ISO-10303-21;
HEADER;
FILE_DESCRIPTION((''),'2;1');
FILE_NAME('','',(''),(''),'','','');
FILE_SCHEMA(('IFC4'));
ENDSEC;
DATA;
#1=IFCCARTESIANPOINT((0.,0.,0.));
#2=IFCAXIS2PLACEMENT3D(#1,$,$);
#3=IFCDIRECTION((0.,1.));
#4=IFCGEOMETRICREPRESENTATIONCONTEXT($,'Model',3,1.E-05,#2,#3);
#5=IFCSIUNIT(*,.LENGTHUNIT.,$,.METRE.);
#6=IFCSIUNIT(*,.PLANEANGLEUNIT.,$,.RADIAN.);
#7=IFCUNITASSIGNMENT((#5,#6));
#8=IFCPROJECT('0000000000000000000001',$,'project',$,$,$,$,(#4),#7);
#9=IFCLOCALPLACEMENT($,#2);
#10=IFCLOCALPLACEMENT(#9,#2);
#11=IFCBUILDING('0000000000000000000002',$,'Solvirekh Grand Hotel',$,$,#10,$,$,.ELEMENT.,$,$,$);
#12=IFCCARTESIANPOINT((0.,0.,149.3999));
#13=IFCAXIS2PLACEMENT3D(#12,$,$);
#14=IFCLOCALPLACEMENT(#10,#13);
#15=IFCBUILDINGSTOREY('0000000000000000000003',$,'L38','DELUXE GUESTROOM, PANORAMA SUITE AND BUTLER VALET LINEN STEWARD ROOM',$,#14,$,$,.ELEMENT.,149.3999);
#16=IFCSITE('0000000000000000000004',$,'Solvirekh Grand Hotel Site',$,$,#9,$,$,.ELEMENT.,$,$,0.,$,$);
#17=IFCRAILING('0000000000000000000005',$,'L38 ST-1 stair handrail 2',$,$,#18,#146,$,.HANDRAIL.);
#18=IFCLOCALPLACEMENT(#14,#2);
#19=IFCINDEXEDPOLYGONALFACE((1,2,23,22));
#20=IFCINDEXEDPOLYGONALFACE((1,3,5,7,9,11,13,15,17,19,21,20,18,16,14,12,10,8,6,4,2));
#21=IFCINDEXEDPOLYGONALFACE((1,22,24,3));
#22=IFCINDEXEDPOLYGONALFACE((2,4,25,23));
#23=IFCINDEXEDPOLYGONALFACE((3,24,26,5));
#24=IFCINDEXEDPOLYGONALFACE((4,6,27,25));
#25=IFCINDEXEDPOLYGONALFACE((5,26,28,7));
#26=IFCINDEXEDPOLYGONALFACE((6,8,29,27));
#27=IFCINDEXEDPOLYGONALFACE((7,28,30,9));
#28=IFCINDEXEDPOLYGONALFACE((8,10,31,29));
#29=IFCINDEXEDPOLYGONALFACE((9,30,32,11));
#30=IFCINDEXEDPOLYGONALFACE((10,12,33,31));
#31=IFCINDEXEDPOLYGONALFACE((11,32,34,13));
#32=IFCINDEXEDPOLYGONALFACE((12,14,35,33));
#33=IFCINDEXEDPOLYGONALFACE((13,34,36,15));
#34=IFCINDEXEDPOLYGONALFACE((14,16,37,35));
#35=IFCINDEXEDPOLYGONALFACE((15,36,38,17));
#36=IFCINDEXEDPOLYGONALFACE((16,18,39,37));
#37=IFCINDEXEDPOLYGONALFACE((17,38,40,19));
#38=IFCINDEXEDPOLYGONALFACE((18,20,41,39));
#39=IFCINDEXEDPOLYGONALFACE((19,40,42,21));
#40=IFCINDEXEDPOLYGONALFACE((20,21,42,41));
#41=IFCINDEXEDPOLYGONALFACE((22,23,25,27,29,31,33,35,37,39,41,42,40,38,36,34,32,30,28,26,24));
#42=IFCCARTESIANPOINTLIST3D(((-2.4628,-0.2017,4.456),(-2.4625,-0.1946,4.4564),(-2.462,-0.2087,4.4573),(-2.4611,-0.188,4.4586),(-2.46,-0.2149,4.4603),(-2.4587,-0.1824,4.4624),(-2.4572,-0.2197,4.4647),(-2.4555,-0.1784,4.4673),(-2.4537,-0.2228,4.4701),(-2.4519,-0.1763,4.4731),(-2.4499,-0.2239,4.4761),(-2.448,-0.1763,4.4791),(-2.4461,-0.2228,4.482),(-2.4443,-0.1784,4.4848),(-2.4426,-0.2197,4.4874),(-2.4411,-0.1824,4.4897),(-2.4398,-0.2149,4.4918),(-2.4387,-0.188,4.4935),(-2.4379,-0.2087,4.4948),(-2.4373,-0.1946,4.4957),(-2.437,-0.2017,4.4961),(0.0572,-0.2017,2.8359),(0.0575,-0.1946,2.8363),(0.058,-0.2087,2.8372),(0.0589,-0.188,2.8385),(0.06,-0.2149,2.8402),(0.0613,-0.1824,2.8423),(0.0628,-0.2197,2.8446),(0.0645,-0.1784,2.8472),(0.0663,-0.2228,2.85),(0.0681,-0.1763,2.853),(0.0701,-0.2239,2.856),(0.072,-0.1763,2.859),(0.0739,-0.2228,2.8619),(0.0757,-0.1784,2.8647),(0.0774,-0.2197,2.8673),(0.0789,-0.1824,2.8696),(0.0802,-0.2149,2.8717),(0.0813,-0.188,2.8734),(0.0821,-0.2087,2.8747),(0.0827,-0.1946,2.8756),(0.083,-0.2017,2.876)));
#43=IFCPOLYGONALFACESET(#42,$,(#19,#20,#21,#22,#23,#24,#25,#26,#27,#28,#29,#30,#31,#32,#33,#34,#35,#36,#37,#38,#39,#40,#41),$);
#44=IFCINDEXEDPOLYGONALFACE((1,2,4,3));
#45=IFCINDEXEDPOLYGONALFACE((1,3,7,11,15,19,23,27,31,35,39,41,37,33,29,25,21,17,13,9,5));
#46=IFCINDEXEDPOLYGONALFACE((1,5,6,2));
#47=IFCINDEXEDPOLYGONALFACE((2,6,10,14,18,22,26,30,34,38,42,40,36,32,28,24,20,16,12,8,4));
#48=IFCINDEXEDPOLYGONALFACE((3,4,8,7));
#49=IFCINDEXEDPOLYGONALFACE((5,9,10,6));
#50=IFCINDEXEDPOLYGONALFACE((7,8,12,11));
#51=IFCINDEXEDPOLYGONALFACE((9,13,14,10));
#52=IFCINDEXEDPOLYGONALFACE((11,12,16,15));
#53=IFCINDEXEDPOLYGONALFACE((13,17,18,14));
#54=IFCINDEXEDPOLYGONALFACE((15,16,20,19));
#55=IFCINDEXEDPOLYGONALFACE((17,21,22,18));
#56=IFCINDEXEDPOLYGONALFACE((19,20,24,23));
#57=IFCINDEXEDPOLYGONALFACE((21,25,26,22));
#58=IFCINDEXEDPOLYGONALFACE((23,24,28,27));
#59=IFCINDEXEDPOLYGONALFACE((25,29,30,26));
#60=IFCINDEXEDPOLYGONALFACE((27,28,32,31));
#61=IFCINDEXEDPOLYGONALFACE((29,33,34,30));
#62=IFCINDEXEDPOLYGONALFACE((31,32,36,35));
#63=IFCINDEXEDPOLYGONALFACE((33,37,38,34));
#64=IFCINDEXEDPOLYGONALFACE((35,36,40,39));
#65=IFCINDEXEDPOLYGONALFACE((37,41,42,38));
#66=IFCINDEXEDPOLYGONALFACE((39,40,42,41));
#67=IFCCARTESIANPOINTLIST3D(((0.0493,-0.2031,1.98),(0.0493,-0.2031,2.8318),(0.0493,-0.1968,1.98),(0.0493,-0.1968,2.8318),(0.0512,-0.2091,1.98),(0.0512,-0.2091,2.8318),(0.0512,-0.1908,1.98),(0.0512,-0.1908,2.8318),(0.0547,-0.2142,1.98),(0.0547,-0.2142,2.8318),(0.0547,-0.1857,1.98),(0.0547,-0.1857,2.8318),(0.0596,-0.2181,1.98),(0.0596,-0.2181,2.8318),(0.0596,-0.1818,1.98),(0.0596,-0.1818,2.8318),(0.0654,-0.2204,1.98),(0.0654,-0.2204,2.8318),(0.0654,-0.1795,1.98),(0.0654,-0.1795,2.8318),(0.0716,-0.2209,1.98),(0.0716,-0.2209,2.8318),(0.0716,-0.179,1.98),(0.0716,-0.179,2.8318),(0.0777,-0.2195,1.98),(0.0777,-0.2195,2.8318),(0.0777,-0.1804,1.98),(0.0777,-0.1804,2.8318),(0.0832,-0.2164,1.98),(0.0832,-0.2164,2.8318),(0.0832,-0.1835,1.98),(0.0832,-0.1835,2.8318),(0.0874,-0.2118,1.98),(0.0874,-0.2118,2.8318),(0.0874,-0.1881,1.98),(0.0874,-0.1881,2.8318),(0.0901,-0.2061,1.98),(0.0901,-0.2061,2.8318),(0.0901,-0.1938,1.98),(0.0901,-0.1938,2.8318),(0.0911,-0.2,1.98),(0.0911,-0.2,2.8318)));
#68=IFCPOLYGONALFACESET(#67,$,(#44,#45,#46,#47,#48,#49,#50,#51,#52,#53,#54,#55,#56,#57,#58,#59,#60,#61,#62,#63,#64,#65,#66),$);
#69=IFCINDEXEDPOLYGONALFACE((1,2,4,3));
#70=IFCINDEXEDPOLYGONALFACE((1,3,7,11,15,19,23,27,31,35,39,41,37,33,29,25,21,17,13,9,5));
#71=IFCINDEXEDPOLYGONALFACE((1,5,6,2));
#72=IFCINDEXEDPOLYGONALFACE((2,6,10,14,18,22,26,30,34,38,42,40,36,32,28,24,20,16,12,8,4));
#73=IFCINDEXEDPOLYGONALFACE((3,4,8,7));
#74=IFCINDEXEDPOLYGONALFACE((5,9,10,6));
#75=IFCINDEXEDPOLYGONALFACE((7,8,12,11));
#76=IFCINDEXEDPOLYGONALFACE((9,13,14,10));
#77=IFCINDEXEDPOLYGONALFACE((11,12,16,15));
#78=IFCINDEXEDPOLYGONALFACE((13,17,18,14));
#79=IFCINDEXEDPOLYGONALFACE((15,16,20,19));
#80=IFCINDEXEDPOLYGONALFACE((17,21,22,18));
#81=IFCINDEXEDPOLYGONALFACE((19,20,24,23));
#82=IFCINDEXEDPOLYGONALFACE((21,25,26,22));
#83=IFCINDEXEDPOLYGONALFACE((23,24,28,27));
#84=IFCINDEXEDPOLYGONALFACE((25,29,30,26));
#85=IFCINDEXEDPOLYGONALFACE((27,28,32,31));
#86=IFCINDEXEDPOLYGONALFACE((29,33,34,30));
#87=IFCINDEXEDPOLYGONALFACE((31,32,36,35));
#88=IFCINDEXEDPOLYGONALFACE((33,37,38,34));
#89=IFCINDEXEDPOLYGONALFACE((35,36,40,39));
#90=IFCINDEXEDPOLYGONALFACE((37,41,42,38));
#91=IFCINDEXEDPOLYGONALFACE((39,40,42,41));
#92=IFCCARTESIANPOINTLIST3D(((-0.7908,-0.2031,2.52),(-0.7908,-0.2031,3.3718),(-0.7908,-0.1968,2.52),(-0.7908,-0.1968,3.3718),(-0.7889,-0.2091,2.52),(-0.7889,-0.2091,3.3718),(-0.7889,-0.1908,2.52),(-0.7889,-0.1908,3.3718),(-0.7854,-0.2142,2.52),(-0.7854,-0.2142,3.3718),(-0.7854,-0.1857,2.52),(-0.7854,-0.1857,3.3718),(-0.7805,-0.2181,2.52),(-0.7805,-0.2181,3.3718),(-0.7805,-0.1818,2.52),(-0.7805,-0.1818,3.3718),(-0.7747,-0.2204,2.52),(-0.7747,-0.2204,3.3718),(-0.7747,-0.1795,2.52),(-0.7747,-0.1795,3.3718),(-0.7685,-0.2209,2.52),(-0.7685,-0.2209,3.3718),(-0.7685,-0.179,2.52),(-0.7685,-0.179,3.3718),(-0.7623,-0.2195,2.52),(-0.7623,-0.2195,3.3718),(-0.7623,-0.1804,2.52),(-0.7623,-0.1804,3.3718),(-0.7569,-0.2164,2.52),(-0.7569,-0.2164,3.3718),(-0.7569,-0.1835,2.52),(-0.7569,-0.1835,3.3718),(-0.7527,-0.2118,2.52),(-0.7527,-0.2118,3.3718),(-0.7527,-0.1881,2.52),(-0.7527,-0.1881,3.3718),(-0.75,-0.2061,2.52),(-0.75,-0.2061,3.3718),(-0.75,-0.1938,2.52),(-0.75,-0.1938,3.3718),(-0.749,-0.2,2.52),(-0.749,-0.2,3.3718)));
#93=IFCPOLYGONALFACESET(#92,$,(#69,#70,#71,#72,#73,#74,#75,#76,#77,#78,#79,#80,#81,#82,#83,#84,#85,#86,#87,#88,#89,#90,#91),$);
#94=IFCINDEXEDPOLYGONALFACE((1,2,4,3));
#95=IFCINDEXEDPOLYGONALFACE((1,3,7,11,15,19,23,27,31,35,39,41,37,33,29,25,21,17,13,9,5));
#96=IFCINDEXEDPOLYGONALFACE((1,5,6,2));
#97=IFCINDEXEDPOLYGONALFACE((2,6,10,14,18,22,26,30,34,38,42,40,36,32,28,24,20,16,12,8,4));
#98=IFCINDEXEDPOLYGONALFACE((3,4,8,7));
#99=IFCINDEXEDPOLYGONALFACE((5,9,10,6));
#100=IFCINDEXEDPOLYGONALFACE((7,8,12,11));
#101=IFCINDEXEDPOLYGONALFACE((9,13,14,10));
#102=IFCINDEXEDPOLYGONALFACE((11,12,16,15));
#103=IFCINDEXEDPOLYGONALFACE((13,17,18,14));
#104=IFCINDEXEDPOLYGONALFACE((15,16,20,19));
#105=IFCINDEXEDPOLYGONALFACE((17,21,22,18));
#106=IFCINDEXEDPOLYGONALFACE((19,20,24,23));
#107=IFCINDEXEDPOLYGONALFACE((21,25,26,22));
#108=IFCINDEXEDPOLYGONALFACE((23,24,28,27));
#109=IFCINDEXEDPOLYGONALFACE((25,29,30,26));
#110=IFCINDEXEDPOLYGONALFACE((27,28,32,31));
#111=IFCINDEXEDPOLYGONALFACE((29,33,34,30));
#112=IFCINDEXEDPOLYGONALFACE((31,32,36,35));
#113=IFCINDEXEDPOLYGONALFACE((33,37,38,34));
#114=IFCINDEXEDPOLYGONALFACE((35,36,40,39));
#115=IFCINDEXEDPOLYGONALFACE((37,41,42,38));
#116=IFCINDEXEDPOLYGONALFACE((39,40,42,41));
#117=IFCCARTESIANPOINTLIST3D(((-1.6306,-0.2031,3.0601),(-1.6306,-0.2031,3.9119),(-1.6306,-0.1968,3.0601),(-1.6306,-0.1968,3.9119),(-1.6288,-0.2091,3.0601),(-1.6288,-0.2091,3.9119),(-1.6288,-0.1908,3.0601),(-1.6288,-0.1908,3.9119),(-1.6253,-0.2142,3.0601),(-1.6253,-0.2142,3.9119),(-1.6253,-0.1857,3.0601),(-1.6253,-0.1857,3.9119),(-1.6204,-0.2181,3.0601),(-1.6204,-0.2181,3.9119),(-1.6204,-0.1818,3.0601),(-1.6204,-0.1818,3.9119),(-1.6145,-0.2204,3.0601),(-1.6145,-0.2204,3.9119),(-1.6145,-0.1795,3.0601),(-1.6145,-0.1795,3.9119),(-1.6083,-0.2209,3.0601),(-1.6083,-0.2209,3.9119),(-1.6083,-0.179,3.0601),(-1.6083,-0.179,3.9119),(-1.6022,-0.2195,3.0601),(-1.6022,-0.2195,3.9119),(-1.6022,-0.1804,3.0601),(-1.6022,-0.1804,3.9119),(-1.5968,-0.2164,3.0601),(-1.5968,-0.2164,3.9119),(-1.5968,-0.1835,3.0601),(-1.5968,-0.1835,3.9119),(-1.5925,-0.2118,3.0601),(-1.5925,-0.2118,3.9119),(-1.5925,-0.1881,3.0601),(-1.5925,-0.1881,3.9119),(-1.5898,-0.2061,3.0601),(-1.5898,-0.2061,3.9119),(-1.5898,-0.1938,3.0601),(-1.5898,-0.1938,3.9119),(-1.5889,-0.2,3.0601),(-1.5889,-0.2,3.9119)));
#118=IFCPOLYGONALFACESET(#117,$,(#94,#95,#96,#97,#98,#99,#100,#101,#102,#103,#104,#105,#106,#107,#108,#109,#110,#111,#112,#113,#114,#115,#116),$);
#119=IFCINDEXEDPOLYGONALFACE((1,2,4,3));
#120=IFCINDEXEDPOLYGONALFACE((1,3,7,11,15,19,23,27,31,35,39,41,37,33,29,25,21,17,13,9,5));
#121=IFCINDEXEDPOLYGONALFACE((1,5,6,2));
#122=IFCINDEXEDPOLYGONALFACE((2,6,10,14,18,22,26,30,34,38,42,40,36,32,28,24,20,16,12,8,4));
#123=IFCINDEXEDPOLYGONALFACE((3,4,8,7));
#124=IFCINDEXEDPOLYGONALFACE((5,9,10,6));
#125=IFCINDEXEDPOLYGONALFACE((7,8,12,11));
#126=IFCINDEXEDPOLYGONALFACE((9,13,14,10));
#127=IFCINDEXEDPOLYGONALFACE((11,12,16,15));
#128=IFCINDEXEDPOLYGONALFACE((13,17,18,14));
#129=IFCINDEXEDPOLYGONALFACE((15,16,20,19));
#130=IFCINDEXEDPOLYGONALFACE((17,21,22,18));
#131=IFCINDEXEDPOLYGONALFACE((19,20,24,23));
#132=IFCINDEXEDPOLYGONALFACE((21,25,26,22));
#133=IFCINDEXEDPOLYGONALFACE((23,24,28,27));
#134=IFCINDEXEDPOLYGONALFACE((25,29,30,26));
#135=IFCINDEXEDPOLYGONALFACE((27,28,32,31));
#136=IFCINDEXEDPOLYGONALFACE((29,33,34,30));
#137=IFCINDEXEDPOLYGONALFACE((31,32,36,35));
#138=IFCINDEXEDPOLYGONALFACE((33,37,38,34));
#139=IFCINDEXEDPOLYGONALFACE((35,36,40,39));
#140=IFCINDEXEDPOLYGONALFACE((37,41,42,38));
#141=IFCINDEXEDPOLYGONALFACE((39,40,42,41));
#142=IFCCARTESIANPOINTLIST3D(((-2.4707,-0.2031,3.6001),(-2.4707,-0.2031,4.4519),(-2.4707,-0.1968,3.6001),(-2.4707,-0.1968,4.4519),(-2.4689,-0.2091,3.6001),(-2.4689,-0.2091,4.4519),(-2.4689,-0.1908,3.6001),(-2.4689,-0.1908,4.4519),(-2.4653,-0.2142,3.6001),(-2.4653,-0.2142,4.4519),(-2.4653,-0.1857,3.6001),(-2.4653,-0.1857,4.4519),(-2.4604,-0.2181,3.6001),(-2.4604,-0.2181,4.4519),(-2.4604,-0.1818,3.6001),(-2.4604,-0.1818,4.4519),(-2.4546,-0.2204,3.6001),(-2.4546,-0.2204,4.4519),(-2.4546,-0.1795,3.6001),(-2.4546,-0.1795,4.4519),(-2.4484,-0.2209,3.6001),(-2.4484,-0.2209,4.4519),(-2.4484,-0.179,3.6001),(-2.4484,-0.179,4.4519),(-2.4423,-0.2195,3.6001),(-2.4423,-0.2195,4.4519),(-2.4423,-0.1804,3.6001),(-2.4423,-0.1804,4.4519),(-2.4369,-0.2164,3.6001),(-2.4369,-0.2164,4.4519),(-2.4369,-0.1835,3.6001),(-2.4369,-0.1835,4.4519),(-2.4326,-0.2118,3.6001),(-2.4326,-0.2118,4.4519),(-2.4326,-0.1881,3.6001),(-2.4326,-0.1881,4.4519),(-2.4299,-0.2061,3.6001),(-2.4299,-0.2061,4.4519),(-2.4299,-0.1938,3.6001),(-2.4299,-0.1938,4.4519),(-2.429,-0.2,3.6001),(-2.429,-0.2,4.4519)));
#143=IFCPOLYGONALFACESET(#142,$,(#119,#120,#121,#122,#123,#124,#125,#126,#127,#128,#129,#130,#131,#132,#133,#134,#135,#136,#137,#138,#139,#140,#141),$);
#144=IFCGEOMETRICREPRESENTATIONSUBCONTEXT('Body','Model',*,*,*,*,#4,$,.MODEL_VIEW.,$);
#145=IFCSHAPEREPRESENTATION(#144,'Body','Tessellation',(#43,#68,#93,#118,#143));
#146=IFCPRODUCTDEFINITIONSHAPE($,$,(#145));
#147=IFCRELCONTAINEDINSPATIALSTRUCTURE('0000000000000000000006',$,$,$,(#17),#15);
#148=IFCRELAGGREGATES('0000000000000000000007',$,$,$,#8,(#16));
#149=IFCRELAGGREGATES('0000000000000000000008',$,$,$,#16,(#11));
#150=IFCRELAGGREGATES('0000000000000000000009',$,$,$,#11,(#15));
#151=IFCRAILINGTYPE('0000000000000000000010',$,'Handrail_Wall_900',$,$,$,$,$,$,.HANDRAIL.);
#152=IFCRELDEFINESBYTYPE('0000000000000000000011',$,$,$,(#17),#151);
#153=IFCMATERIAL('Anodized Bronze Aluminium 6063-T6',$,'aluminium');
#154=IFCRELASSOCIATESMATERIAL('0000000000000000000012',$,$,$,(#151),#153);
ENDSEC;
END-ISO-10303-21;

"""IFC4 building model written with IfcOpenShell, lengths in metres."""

from ifc_helpers import new_model, si_unit, direction, frame, origin, origin_2d, place, context, subcontext, project, spatial, circle, extrude, material, type_object, element, save


model = new_model("IFC4")

# Units and contexts
model_context = context("Model", 3, precision=1e-05, world=origin(), true_north=direction((0.0, 1.0)))
body_context = subcontext(model_context, "Body", "Model", "MODEL_VIEW")
ifc_project = project(units=[si_unit("LENGTHUNIT", "METRE"), si_unit("PLANEANGLEUNIT", "RADIAN")], contexts=[model_context])

# Site, building, storey
site_placement = place(None, origin())
site = spatial("IfcSite", under=ifc_project, at=site_placement, Name="Solvirekh Grand Hotel Site", CompositionType="ELEMENT", RefElevation=0.0)
building_placement = place(site_placement, origin())
building = spatial("IfcBuilding", under=site, at=building_placement, Name="Solvirekh Grand Hotel", CompositionType="ELEMENT")
storey_placement = place(building_placement, frame((0.0, 0.0, 149.3999)))
storey = spatial("IfcBuildingStorey", under=building, at=storey_placement, Name="L38", Description="DELUXE GUESTROOM, PANORAMA SUITE AND BUTLER VALET LINEN STEWARD ROOM", CompositionType="ELEMENT", Elevation=149.3999)

# Shared definitions
ifc_material_1 = material(Name="Anodized Bronze Aluminium 6063-T6", Category="aluminium")

# Railing
railing_type_1 = type_object("IfcRailingType", Name="Handrail_Wall_900", PredefinedType="HANDRAIL", material=ifc_material_1)
railing_1_placement = place(storey_placement, frame((0.0701, -0.2, 1.98)))
element("IfcRailing", 1, at=railing_1_placement, inside=storey, type_object=railing_type_1, Name="L38 ST-1 stair handrail 2", PredefinedType="HANDRAIL", context=body_context, shape_type="SweptSolid", body=[
    extrude(circle(Radius=0.0239, at=origin_2d()), frame((0.0, 0.0, 0.876), z_axis=(-0.841163, 0.0, 0.540782), x_axis=(0.0, -1.0, 0.0)), (0.0, 0.0, 1.0), 2.9958),
    extrude(circle(Radius=0.021, at=origin_2d()), origin(), (0.0, 0.0, 1.0), 0.8518),
    extrude(circle(Radius=0.021, at=origin_2d()), frame((-0.8401, 0.0, 0.54)), (0.0, 0.0, 1.0), 0.8518),
    extrude(circle(Radius=0.021, at=origin_2d()), frame((-1.6799, 0.0, 1.0801)), (0.0, 0.0, 1.0), 0.8518),
    extrude(circle(Radius=0.021, at=origin_2d()), frame((-2.52, 0.0, 1.6201)), (0.0, 0.0, 1.0), 0.8518),
])

save(model, "model.ifc")
